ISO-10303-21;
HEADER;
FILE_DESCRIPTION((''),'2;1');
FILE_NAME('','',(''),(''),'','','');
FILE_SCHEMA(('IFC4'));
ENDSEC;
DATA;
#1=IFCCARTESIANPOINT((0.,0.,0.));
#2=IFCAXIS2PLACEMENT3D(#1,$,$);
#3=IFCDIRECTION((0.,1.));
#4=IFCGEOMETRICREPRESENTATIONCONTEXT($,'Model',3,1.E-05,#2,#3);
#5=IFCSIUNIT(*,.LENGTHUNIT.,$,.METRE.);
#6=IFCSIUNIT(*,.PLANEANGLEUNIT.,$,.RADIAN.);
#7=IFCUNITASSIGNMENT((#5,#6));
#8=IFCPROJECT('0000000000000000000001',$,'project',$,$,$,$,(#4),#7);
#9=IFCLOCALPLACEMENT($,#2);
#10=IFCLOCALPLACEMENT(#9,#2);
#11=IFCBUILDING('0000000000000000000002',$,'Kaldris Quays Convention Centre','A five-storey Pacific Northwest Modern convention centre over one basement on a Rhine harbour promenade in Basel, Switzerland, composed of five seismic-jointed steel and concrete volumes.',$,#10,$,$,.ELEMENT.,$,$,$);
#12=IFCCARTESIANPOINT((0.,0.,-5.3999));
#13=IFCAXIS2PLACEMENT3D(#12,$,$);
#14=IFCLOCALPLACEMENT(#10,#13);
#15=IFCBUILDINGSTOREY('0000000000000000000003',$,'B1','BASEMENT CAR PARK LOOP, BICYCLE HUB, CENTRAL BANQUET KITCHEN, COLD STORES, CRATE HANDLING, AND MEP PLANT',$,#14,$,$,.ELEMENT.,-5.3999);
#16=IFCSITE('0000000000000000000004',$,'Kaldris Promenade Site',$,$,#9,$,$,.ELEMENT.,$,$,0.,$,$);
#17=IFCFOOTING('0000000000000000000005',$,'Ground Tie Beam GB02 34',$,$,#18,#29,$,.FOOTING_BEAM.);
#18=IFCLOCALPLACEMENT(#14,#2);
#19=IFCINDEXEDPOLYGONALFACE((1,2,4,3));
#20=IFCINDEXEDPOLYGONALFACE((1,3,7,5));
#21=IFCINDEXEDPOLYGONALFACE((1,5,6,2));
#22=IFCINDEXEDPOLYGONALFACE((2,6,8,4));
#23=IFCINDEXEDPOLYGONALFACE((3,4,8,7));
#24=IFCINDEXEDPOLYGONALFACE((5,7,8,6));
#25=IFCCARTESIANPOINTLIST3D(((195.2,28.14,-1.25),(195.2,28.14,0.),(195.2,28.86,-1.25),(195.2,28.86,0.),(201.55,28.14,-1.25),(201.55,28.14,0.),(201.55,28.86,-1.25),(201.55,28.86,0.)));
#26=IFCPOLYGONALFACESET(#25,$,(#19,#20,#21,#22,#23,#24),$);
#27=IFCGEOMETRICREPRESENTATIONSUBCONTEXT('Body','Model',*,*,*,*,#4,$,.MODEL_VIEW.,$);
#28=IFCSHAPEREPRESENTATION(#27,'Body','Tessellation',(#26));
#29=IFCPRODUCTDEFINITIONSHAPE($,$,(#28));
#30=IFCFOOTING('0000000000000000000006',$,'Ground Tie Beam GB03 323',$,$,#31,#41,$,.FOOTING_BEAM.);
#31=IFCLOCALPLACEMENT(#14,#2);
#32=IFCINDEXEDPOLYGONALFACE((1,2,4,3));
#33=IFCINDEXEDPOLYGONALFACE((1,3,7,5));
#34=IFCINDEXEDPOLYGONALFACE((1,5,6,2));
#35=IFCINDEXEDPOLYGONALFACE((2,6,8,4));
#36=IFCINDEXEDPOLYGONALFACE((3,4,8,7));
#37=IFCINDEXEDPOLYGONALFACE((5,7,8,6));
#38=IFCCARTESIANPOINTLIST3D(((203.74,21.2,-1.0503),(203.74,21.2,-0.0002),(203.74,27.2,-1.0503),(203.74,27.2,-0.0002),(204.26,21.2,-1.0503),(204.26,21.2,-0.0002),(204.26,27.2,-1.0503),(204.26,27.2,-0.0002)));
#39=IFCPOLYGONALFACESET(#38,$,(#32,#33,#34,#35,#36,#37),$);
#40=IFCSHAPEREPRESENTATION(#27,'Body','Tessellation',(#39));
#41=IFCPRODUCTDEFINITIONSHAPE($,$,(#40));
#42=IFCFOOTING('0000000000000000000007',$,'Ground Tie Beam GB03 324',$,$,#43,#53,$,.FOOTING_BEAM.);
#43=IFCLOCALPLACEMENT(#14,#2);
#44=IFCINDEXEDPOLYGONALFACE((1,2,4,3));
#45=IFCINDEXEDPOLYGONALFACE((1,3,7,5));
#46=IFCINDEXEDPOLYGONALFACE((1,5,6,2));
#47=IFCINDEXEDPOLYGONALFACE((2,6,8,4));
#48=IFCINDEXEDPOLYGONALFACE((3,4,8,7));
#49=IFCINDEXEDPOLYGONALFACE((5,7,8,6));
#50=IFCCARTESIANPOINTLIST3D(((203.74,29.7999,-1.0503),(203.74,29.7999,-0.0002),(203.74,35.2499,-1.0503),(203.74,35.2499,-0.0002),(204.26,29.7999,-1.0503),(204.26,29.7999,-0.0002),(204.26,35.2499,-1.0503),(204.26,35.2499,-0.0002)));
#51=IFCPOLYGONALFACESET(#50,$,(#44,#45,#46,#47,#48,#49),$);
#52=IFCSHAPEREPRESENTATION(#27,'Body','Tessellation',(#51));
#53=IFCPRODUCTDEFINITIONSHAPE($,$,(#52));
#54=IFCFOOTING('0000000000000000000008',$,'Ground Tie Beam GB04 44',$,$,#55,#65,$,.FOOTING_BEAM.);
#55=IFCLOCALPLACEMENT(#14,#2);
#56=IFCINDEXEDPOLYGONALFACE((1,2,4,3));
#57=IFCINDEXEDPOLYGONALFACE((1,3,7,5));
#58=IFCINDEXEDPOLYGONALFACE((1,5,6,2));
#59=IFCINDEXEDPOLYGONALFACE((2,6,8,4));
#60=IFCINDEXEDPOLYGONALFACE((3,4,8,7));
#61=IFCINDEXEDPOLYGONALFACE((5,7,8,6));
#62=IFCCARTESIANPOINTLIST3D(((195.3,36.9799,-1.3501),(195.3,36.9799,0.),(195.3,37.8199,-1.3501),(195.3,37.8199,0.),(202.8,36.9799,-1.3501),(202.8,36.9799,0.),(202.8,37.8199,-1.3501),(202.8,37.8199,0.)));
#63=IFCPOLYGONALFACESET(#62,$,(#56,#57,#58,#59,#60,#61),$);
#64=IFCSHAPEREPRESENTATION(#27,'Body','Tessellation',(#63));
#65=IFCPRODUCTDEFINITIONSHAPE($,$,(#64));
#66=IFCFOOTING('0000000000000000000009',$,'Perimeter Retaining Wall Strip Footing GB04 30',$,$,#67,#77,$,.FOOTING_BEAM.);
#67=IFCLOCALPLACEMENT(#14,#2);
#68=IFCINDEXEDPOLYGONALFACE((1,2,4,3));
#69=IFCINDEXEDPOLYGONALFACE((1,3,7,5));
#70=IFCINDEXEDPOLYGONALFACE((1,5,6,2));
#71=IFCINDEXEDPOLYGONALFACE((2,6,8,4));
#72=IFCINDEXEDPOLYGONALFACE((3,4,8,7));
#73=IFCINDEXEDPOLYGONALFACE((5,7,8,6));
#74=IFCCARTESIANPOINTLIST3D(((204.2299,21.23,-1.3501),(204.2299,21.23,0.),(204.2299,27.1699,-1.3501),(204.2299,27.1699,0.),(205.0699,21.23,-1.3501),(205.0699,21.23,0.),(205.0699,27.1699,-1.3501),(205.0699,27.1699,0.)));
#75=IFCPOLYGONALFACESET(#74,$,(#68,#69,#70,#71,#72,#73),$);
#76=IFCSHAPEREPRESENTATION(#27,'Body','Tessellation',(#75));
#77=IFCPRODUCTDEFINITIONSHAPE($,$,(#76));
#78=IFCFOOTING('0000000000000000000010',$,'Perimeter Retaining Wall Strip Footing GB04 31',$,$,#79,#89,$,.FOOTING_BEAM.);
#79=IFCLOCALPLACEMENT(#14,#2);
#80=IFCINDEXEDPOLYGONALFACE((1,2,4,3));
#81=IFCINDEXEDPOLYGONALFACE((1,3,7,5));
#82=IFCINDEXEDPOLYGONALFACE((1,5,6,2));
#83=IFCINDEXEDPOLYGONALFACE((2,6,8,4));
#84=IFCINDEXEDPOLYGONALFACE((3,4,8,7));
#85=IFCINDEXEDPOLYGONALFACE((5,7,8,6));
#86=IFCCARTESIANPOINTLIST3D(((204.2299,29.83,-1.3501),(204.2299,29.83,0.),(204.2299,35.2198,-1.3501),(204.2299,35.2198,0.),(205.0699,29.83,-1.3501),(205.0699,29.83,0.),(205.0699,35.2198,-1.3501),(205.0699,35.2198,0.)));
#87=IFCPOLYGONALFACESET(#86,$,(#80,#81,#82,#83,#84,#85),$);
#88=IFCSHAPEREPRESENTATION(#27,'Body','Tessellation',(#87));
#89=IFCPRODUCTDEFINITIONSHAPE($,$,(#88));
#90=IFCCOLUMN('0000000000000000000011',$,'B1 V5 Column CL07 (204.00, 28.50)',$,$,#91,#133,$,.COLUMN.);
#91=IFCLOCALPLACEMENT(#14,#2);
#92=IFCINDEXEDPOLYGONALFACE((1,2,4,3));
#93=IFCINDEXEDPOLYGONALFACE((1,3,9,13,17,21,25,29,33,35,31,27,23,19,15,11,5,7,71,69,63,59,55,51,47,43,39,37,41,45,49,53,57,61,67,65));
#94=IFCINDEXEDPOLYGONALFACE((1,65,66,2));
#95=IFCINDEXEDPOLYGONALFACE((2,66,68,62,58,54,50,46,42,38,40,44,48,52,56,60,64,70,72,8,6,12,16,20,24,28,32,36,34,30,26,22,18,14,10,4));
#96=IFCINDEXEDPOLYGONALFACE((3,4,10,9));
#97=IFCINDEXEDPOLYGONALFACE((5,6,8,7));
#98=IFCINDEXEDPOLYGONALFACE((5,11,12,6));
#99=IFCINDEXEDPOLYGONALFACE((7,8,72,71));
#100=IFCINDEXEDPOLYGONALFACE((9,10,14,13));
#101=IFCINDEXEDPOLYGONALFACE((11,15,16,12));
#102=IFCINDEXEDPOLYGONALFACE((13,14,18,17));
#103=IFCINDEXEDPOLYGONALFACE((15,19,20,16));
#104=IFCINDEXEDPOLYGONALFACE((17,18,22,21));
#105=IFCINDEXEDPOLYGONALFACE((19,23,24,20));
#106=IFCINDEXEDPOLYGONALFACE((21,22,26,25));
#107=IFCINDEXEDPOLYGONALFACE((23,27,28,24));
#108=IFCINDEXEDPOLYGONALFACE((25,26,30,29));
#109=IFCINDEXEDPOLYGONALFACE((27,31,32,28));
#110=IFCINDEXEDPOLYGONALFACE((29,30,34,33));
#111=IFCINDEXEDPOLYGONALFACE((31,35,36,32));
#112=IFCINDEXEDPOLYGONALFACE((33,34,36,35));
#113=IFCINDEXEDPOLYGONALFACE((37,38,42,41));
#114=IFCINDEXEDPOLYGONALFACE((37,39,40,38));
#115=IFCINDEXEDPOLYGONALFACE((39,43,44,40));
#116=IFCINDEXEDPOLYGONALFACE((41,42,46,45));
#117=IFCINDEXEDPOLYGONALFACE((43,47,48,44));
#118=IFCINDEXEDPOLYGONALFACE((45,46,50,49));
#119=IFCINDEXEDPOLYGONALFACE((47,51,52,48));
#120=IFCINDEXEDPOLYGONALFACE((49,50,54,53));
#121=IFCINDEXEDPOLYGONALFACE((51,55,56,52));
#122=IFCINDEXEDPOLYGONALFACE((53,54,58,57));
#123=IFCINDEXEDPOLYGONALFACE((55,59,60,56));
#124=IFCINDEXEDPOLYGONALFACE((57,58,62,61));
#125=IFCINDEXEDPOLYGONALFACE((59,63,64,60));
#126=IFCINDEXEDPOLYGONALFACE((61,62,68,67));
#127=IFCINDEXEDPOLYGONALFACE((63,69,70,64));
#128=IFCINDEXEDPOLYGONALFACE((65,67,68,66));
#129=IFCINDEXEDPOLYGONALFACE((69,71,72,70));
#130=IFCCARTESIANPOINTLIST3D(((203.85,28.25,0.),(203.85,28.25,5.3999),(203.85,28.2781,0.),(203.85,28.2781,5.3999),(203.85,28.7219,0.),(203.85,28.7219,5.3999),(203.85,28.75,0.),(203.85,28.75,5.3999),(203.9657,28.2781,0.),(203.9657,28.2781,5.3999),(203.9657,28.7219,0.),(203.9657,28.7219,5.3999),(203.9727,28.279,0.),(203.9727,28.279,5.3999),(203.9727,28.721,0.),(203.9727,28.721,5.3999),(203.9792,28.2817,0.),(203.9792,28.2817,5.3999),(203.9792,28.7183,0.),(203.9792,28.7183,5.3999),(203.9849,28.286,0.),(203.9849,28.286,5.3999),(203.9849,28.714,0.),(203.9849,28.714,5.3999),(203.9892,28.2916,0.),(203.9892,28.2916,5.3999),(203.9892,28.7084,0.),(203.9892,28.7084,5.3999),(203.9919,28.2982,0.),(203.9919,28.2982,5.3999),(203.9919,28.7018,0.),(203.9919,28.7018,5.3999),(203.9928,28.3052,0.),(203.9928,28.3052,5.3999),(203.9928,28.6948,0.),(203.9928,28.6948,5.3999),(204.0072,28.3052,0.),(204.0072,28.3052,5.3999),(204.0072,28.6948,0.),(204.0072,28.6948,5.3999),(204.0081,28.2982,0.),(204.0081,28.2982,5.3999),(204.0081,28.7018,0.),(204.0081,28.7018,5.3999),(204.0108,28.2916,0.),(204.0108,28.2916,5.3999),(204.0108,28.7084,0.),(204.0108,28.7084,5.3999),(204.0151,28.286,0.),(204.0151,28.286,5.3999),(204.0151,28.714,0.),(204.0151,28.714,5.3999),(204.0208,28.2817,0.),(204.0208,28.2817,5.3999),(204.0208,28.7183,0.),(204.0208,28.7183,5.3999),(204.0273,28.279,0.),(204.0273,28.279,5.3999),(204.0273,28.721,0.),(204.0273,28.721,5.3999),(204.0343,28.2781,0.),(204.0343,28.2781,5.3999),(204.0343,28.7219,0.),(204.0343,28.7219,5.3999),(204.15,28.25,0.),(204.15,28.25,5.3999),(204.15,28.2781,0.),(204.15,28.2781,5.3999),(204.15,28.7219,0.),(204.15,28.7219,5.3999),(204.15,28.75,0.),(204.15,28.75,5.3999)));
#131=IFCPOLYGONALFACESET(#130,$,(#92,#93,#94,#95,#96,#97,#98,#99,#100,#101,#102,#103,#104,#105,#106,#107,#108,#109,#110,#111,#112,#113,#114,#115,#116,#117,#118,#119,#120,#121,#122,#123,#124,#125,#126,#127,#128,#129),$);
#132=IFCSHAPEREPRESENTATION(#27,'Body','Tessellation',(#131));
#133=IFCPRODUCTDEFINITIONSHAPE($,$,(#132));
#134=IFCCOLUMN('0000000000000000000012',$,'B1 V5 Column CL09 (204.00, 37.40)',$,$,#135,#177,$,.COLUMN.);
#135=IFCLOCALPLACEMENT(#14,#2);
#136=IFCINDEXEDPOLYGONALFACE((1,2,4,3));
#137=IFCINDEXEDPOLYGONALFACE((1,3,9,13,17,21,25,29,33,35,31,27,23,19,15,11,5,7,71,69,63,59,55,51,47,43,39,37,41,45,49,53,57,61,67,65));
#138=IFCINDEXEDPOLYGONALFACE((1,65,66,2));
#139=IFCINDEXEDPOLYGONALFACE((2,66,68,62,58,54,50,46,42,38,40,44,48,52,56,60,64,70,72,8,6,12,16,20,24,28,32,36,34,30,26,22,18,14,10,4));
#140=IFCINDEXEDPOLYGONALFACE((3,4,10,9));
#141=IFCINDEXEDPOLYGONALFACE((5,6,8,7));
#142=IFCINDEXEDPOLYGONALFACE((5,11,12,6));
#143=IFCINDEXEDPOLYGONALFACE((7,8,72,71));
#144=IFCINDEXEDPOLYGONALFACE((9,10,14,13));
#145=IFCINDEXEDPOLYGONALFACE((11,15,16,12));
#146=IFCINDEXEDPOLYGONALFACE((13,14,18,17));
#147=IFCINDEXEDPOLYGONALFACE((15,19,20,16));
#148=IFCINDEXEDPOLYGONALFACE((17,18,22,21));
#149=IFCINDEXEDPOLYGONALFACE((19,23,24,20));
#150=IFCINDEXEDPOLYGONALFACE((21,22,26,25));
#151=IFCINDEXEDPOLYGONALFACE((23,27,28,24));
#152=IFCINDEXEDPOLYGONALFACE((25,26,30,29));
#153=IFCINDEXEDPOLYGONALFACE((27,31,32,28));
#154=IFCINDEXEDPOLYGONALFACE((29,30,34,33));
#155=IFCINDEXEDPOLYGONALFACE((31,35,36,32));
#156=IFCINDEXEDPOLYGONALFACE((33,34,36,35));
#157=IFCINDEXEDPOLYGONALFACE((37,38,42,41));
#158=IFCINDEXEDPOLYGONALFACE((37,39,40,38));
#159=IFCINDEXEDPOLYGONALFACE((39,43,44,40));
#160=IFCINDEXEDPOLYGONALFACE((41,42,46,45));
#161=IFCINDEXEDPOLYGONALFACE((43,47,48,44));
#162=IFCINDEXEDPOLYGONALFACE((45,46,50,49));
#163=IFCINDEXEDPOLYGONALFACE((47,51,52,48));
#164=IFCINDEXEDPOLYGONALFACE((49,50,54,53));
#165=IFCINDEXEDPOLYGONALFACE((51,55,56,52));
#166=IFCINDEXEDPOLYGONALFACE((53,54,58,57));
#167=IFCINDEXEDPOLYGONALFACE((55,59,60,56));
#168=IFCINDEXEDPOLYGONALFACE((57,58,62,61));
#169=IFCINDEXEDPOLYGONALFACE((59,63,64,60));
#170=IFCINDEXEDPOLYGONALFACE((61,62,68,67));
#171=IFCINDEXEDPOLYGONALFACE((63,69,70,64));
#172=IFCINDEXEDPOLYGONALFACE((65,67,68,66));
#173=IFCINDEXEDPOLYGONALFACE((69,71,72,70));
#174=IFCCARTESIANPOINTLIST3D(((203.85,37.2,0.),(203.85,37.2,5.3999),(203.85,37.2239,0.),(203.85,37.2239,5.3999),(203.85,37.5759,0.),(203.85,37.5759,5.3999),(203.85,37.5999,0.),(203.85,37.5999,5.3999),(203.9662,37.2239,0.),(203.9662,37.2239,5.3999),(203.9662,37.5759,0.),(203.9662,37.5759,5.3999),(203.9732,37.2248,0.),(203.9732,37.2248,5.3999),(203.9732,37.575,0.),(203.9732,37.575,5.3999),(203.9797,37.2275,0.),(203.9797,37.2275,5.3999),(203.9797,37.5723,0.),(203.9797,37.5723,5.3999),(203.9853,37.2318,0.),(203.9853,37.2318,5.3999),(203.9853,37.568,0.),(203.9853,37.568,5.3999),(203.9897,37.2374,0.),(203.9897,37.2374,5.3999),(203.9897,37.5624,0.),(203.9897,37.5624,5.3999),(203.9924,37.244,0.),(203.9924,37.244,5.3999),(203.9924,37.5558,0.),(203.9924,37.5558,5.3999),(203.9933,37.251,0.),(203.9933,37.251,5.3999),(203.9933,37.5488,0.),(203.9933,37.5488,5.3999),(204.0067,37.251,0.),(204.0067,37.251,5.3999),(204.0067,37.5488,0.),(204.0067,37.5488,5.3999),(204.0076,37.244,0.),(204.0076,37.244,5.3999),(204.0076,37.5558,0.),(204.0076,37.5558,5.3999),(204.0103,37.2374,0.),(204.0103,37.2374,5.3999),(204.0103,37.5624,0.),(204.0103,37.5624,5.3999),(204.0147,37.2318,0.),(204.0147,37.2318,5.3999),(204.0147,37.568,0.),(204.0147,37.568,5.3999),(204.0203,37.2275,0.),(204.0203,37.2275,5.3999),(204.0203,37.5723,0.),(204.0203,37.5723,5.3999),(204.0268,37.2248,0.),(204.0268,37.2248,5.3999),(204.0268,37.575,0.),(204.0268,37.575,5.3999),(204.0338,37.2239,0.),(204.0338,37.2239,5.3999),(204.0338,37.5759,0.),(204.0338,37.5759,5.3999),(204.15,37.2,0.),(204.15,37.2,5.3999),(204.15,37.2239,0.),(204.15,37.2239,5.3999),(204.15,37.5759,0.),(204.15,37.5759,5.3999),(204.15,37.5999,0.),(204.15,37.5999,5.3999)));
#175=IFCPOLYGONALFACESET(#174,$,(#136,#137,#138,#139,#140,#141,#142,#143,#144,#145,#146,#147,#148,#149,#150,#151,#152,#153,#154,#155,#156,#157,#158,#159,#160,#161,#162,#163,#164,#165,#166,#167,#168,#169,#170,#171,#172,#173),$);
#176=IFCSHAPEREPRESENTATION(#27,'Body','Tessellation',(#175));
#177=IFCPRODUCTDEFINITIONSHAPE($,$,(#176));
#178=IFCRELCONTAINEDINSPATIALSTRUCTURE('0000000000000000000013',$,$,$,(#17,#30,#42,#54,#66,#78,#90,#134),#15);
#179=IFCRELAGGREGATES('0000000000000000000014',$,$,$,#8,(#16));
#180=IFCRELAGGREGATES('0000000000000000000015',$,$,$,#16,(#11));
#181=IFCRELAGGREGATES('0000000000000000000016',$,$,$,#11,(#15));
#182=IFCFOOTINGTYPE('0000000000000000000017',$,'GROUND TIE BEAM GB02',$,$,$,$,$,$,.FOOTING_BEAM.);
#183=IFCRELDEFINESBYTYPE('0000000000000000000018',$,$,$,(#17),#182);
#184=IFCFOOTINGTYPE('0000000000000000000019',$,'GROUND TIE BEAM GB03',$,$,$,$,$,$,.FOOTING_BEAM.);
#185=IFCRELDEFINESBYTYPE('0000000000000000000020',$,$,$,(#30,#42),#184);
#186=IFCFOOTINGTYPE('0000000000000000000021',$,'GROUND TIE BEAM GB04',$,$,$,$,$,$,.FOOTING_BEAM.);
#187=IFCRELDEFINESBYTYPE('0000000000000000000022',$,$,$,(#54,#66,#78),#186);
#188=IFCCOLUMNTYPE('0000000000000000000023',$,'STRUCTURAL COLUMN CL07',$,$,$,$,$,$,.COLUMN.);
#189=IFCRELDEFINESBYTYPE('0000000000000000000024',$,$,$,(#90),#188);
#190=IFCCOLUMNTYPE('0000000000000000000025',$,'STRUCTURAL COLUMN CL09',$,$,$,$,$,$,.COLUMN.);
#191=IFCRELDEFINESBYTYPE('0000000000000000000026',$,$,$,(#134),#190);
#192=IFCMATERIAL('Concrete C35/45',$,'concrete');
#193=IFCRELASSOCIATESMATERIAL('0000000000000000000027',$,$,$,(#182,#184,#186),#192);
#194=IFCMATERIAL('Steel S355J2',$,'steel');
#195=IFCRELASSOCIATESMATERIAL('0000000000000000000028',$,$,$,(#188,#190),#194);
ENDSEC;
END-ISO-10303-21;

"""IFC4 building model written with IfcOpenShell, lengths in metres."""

from ifc_helpers import new_model, si_unit, direction, frame, origin, origin_2d, place, context, subcontext, project, spatial, rectangle, i_section, extrude, material, material_profile, profile_set, type_object, element, save


model = new_model("IFC4")

# Units and contexts
model_context = context("Model", 3, precision=1e-05, world=origin(), true_north=direction((0.0, 1.0)))
body_context = subcontext(model_context, "Body", "Model", "MODEL_VIEW")
ifc_project = project(units=[si_unit("LENGTHUNIT", "METRE"), si_unit("PLANEANGLEUNIT", "RADIAN")], contexts=[model_context])

# Site, building, storey
site_placement = place(None, origin())
site = spatial("IfcSite", under=ifc_project, at=site_placement, Name="Kaldris Promenade Site", CompositionType="ELEMENT", RefElevation=0.0)
building_placement = place(site_placement, origin())
building = spatial("IfcBuilding", under=site, at=building_placement, Name="Kaldris Quays Convention Centre", Description="A five-storey Pacific Northwest Modern convention centre over one basement on a Rhine harbour promenade in Basel, Switzerland, composed of five seismic-jointed steel and concrete volumes.", CompositionType="ELEMENT")
storey_placement = place(building_placement, frame((0.0, 0.0, -5.3999)))
storey = spatial("IfcBuildingStorey", under=building, at=storey_placement, Name="B1", Description="BASEMENT CAR PARK LOOP, BICYCLE HUB, CENTRAL BANQUET KITCHEN, COLD STORES, CRATE HANDLING, AND MEP PLANT", CompositionType="ELEMENT", Elevation=-5.3999)

# Shared definitions
ifc_material_1 = material(Name="Concrete C35/45", Category="concrete")

# Footings
footing_type_1 = type_object("IfcFootingType", Name="GROUND TIE BEAM GB02", PredefinedType="FOOTING_BEAM", material=ifc_material_1)
footing_1_placement = place(storey_placement, frame((198.375, 28.5, -1.25), z_axis=(0.0, 0.0, 1.0), x_axis=(1.0, 0.0, 0.0)))
element("IfcFooting", 1, at=footing_1_placement, inside=storey, type_object=footing_type_1, Name="Ground Tie Beam GB02 34", PredefinedType="FOOTING_BEAM", context=body_context, shape_type="SweptSolid", body=[
    extrude(rectangle(XDim=6.3501, YDim=0.72, at=origin_2d()), origin(), (0.0, 0.0, 1.0), 1.25),
])
footing_type_2 = type_object("IfcFootingType", Name="GROUND TIE BEAM GB03", PredefinedType="FOOTING_BEAM", material=ifc_material_1)
footing_2_placement = place(storey_placement, frame((204.0, 24.2, -1.0503), z_axis=(0.0, 0.0, 1.0), x_axis=(1.0, 0.0, 0.0)))
element("IfcFooting", 2, at=footing_2_placement, inside=storey, type_object=footing_type_2, Name="Ground Tie Beam GB03 323", PredefinedType="FOOTING_BEAM", context=body_context, shape_type="SweptSolid", body=[
    extrude(rectangle(XDim=0.52, YDim=6.0, at=origin_2d()), origin(), (0.0, 0.0, 1.0), 1.05),
])
footing_3_placement = place(storey_placement, frame((204.0, 32.5249, -1.0503), z_axis=(0.0, 0.0, 1.0), x_axis=(1.0, 0.0, 0.0)))
element("IfcFooting", 3, at=footing_3_placement, inside=storey, type_object=footing_type_2, Name="Ground Tie Beam GB03 324", PredefinedType="FOOTING_BEAM", context=body_context, shape_type="SweptSolid", body=[
    extrude(rectangle(XDim=0.52, YDim=5.45, at=origin_2d()), origin(), (0.0, 0.0, 1.0), 1.05),
])
footing_type_3 = type_object("IfcFootingType", Name="GROUND TIE BEAM GB04", PredefinedType="FOOTING_BEAM", material=ifc_material_1)
footing_4_placement = place(storey_placement, frame((199.05, 37.3999, -1.3501), z_axis=(0.0, 0.0, 1.0), x_axis=(1.0, 0.0, 0.0)))
element("IfcFooting", 4, at=footing_4_placement, inside=storey, type_object=footing_type_3, Name="Ground Tie Beam GB04 44", PredefinedType="FOOTING_BEAM", context=body_context, shape_type="SweptSolid", body=[
    extrude(rectangle(XDim=7.5, YDim=0.8401, at=origin_2d()), origin(), (0.0, 0.0, 1.0), 1.3501),
])
footing_5_placement = place(storey_placement, frame((204.6499, 24.2, -1.3501), z_axis=(0.0, 0.0, 1.0), x_axis=(1.0, 0.0, 0.0)))
element("IfcFooting", 5, at=footing_5_placement, inside=storey, type_object=footing_type_3, Name="Perimeter Retaining Wall Strip Footing GB04 30", PredefinedType="FOOTING_BEAM", context=body_context, shape_type="SweptSolid", body=[
    extrude(rectangle(XDim=0.8401, YDim=5.9399, at=origin_2d()), origin(), (0.0, 0.0, 1.0), 1.3501),
])
footing_6_placement = place(storey_placement, frame((204.6499, 32.5249, -1.3501), z_axis=(0.0, 0.0, 1.0), x_axis=(1.0, 0.0, 0.0)))
element("IfcFooting", 6, at=footing_6_placement, inside=storey, type_object=footing_type_3, Name="Perimeter Retaining Wall Strip Footing GB04 31", PredefinedType="FOOTING_BEAM", context=body_context, shape_type="SweptSolid", body=[
    extrude(rectangle(XDim=0.8401, YDim=5.3899, at=origin_2d()), origin(), (0.0, 0.0, 1.0), 1.3501),
])

# Columns
ifc_material_2 = material(Name="Steel S355J2", Category="steel")
ifc_material_profile_1 = material_profile(ifc_material_2, i_section(OverallWidth=0.3, OverallDepth=0.5, WebThickness=0.0144, FlangeThickness=0.0281, FilletRadius=0.0271, at=origin_2d()), Name="HEB 500")
ifc_profile_set_1 = profile_set([ifc_material_profile_1], Name="Steel S355J2")
column_type_1 = type_object("IfcColumnType", Name="STRUCTURAL COLUMN CL07", PredefinedType="COLUMN", material=ifc_profile_set_1)
column_1_placement = place(storey_placement, frame((204.0, 28.5, 0.0), z_axis=(0.0, 0.0, 1.0), x_axis=(1.0, 0.0, 0.0)))
element("IfcColumn", 7, at=column_1_placement, inside=storey, type_object=column_type_1, Name="B1 V5 Column CL07 (204.00, 28.50)", PredefinedType="COLUMN", context=body_context, shape_type="SweptSolid", body=[
    extrude(i_section(OverallWidth=0.3, OverallDepth=0.5, WebThickness=0.0144, FlangeThickness=0.0281, FilletRadius=0.0271, at=origin_2d()), origin(), (0.0, 0.0, 1.0), 5.3999),
])
ifc_material_profile_2 = material_profile(ifc_material_2, i_section(OverallWidth=0.3, OverallDepth=0.3999, WebThickness=0.0134, FlangeThickness=0.0239, FilletRadius=0.0271, at=origin_2d()), Name="HEB 400")
ifc_profile_set_2 = profile_set([ifc_material_profile_2], Name="Steel S355J2")
column_type_2 = type_object("IfcColumnType", Name="STRUCTURAL COLUMN CL09", PredefinedType="COLUMN", material=ifc_profile_set_2)
column_2_placement = place(storey_placement, frame((204.0, 37.3999, 0.0), z_axis=(0.0, 0.0, 1.0), x_axis=(1.0, 0.0, 0.0)))
element("IfcColumn", 8, at=column_2_placement, inside=storey, type_object=column_type_2, Name="B1 V5 Column CL09 (204.00, 37.40)", PredefinedType="COLUMN", context=body_context, shape_type="SweptSolid", body=[
    extrude(i_section(OverallWidth=0.3, OverallDepth=0.3999, WebThickness=0.0134, FlangeThickness=0.0239, FilletRadius=0.0271, at=origin_2d()), origin(), (0.0, 0.0, 1.0), 5.3999),
])

save(model, "model.ifc")
